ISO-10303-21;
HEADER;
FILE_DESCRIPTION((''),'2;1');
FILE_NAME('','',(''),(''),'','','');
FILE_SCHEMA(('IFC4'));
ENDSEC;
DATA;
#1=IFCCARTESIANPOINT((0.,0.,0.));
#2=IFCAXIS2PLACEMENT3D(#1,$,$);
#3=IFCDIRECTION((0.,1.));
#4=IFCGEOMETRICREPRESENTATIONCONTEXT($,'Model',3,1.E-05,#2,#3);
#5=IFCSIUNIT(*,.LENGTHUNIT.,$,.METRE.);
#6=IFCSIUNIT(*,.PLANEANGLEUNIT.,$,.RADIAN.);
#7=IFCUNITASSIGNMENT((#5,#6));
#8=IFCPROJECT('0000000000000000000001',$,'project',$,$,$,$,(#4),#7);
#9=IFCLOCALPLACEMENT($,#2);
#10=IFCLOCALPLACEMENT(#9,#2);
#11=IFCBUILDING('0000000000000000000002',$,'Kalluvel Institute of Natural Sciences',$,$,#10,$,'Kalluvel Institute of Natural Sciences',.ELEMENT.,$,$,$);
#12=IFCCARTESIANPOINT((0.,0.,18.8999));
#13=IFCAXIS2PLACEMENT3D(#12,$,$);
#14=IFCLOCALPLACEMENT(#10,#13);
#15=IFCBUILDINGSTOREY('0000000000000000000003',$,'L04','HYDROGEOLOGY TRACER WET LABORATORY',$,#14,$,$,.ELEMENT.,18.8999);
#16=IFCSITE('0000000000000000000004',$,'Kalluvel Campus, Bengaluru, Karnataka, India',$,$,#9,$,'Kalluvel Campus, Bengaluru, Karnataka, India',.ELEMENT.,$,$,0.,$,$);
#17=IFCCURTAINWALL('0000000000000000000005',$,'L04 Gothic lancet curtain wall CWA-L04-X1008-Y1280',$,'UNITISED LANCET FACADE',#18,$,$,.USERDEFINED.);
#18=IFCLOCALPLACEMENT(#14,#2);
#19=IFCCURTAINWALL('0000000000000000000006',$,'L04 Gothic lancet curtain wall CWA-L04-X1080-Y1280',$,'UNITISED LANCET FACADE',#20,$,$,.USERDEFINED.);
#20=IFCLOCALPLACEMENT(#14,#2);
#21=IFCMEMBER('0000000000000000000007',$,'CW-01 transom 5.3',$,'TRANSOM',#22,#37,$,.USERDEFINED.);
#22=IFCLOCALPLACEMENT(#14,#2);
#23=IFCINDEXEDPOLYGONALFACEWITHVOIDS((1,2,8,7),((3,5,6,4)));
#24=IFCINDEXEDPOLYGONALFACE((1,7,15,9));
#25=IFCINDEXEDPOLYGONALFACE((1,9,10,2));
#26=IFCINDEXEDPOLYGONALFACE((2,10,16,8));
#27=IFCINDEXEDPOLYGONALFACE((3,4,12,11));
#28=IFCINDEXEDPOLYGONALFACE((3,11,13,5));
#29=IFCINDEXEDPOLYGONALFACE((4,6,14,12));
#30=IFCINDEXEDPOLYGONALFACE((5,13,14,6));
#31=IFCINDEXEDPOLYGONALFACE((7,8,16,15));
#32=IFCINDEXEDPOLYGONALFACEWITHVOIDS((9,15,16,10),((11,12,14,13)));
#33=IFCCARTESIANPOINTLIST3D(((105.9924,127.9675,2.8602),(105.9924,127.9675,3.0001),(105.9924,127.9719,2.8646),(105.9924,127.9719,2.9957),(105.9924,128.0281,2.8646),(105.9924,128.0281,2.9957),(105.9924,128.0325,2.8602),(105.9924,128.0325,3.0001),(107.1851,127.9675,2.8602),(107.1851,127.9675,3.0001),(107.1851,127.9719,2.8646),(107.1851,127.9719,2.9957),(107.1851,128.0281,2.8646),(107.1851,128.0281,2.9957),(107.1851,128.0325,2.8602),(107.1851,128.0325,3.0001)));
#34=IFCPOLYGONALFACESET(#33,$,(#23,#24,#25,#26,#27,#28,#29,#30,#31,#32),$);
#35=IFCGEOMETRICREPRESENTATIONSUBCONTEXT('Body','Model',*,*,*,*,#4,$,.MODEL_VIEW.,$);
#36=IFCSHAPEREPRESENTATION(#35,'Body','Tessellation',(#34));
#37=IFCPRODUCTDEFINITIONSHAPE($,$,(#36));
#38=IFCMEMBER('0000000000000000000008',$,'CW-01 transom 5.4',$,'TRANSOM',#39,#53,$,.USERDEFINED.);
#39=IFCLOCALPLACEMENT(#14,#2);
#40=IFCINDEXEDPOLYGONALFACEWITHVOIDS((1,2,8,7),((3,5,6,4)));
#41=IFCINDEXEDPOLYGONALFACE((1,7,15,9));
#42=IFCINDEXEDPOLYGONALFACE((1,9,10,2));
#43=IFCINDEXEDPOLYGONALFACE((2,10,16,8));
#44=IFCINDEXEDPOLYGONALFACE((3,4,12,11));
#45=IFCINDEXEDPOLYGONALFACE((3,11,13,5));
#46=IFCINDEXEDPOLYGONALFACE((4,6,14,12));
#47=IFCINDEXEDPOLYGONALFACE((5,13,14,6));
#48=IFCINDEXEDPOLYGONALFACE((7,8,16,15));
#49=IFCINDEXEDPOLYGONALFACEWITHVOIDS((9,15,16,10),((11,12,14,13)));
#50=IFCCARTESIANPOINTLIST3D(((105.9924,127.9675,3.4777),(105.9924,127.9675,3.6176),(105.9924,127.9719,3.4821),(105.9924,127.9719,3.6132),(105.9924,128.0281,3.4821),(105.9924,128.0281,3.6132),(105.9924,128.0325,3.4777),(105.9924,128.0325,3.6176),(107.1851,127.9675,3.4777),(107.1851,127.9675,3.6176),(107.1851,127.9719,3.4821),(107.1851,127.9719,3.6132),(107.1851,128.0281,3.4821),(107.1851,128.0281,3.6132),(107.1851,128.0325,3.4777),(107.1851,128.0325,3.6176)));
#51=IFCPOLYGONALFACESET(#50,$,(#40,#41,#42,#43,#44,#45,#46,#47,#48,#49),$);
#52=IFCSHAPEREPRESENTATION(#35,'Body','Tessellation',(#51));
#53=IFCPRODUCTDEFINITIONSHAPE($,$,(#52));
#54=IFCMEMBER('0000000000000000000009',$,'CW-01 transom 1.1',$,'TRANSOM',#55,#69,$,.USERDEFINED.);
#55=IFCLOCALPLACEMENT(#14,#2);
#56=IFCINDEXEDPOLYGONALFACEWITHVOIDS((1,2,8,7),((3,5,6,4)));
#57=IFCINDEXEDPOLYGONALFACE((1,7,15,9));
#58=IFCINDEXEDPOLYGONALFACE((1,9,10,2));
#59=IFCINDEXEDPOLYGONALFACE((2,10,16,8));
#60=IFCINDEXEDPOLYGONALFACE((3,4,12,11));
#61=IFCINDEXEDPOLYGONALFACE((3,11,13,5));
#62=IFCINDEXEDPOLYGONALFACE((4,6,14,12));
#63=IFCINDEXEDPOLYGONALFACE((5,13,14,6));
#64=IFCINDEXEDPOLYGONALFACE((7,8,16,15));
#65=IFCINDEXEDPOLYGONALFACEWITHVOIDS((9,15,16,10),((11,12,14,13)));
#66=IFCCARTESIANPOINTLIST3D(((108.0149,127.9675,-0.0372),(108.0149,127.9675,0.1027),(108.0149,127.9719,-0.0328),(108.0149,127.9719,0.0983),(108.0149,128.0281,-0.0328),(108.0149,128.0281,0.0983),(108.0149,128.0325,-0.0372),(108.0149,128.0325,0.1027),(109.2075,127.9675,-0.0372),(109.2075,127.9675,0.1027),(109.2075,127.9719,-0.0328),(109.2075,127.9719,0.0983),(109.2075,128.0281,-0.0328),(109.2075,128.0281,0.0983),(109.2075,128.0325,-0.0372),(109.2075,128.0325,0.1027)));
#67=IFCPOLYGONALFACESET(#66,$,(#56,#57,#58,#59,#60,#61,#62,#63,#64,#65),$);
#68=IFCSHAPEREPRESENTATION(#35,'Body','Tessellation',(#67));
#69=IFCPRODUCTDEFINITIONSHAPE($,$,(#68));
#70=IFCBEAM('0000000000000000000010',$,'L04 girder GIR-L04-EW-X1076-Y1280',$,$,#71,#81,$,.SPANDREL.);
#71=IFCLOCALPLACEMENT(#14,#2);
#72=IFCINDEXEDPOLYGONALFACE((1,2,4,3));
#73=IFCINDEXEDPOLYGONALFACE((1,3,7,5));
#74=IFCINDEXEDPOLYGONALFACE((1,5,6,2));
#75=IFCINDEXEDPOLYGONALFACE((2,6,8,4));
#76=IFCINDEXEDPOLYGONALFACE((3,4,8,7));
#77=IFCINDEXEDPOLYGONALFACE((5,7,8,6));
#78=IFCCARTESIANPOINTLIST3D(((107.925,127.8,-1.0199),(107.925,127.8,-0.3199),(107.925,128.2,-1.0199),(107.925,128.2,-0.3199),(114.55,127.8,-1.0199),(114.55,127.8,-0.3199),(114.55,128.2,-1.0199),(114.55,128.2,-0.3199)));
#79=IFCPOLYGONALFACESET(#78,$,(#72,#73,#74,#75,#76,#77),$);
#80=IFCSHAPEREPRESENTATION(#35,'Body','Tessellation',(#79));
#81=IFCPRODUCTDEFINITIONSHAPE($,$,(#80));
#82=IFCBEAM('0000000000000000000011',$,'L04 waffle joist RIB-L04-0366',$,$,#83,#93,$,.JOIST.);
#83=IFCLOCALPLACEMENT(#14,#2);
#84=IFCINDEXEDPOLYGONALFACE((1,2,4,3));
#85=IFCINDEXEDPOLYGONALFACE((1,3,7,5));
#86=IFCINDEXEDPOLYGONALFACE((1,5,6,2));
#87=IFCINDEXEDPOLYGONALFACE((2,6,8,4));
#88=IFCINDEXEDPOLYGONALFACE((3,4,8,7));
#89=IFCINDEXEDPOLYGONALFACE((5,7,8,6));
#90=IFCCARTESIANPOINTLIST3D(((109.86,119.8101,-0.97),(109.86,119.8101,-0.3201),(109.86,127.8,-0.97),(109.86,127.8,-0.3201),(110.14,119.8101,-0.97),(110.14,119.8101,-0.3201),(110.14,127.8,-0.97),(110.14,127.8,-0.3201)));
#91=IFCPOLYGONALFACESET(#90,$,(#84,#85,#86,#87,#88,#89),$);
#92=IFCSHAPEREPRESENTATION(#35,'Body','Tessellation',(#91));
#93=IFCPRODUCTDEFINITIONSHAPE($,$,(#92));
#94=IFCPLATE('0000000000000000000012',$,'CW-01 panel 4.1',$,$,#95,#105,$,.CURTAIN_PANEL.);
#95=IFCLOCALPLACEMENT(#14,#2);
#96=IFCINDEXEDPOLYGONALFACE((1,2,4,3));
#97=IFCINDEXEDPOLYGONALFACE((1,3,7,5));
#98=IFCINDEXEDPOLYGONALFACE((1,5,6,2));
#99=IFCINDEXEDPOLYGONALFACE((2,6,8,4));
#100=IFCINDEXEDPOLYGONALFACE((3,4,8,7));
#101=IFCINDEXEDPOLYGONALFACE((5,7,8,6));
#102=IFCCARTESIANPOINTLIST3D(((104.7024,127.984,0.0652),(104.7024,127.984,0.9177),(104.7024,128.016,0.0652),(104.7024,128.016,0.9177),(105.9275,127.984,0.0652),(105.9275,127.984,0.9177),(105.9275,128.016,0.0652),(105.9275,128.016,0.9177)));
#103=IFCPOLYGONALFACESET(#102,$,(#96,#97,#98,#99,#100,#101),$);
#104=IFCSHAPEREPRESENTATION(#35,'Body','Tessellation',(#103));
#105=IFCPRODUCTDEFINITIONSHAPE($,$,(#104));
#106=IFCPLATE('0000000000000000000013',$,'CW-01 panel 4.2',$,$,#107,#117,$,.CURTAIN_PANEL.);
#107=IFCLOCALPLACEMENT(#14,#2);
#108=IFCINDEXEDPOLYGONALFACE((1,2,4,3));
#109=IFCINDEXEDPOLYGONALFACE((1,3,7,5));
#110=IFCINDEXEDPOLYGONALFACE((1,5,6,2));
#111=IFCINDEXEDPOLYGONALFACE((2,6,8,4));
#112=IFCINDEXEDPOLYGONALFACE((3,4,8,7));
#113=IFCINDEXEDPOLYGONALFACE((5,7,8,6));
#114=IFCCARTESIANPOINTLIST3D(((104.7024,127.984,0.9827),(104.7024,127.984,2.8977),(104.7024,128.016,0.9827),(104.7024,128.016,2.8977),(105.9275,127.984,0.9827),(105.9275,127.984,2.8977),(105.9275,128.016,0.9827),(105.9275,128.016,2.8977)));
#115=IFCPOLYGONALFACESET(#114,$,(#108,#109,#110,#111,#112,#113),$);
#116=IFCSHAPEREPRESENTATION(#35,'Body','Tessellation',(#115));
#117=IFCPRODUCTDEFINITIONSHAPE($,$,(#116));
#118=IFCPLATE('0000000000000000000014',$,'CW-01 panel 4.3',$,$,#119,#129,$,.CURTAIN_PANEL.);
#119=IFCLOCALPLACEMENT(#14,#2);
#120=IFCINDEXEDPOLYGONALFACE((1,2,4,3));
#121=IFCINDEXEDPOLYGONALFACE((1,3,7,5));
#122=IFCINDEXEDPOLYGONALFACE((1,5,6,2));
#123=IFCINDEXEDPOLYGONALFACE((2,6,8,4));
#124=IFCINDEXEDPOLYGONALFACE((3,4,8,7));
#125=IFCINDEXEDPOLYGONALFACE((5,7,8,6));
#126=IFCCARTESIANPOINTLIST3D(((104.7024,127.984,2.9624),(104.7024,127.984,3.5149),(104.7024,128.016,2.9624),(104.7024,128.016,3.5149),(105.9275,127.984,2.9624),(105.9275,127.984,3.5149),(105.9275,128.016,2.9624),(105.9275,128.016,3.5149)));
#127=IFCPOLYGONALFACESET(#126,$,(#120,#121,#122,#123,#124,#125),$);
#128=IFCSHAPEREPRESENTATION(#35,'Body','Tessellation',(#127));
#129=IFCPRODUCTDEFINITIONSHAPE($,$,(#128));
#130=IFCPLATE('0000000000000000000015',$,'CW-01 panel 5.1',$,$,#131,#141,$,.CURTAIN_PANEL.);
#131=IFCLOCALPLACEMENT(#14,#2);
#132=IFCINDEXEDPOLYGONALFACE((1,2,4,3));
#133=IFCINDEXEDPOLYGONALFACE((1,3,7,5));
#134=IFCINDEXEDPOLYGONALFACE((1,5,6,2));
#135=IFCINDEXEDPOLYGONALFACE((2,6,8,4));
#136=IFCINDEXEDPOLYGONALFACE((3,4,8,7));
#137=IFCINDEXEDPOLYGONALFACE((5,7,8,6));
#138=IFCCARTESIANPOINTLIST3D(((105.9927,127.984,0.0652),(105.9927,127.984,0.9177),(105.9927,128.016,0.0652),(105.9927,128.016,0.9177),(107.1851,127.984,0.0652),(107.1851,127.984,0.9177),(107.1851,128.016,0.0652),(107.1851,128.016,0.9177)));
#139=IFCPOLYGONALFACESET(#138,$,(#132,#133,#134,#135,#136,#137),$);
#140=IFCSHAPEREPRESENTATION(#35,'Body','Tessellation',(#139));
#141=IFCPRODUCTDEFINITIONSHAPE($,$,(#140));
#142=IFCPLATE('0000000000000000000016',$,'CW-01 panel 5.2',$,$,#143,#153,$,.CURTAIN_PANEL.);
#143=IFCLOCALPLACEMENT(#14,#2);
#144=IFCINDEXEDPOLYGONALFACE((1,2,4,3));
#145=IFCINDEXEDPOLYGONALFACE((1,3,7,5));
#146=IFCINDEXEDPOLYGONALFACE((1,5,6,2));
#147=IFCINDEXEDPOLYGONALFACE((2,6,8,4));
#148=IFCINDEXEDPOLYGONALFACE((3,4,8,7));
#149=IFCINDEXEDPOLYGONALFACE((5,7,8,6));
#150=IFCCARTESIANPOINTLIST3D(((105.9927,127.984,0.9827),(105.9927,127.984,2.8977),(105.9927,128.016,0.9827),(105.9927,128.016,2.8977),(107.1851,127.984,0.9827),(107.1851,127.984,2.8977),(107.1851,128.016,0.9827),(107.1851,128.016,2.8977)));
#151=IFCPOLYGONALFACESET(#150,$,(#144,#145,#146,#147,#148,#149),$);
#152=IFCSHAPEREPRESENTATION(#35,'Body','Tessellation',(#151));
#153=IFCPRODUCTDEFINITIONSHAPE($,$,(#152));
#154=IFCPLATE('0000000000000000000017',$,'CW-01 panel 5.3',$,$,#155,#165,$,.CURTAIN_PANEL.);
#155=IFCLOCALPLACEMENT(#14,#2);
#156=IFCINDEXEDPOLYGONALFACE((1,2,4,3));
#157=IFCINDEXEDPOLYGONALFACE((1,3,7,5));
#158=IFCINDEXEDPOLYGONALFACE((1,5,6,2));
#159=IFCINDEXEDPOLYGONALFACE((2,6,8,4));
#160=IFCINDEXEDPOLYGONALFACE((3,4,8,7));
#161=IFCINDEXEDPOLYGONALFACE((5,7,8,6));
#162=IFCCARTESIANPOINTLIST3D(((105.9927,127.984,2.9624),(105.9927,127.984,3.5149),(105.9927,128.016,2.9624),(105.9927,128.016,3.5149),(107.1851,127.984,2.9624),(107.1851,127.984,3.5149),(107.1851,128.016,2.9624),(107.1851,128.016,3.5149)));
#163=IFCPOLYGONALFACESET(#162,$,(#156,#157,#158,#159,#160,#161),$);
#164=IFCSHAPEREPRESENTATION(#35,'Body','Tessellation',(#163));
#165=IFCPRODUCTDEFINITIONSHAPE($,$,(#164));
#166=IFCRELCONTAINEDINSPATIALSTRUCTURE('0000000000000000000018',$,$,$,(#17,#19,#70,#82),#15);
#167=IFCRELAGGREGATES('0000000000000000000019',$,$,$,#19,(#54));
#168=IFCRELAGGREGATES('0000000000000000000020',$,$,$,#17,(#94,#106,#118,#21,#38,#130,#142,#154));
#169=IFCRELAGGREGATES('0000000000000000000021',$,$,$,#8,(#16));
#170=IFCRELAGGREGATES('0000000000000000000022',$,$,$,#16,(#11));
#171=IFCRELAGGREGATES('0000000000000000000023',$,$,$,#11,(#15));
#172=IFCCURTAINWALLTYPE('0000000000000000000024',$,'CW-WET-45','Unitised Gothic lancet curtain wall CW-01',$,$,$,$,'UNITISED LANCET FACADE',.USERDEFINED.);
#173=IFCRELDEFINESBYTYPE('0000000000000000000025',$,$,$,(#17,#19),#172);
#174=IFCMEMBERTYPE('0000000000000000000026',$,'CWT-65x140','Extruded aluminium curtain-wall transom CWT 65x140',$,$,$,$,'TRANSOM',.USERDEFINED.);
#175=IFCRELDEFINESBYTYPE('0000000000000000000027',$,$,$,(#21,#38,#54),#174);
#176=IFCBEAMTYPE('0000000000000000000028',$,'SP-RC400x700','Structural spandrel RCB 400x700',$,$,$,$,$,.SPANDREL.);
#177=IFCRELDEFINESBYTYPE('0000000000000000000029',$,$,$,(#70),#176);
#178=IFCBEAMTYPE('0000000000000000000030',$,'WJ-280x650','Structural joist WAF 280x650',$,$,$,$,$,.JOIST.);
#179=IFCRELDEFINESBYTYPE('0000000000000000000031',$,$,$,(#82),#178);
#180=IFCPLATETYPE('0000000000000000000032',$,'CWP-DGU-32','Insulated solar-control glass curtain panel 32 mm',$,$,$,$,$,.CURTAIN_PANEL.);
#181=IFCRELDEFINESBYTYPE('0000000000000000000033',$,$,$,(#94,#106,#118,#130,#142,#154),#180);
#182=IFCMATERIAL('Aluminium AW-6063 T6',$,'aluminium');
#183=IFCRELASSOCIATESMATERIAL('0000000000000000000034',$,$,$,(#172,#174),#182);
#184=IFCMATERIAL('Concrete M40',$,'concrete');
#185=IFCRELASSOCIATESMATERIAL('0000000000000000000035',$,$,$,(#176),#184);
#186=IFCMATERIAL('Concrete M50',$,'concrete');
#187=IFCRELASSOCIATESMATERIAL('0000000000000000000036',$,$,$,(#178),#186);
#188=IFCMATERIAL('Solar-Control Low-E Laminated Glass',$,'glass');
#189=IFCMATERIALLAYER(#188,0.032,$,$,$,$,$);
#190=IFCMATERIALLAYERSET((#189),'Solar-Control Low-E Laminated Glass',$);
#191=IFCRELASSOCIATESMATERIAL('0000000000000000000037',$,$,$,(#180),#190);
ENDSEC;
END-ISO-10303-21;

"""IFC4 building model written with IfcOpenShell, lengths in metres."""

from ifc_helpers import new_model, si_unit, direction, frame, origin, origin_2d, place, context, subcontext, project, spatial, rectangle, hollow_rectangle, extrude, material, layer, layer_set, material_profile, profile_set, type_object, element, aggregate, save


model = new_model("IFC4")

# Units and contexts
model_context = context("Model", 3, precision=1e-05, world=origin(), true_north=direction((0.0, 1.0)))
body_context = subcontext(model_context, "Body", "Model", "MODEL_VIEW")
ifc_project = project(units=[si_unit("LENGTHUNIT", "METRE"), si_unit("PLANEANGLEUNIT", "RADIAN")], contexts=[model_context])

# Site, building, storey
site_placement = place(None, origin())
site = spatial("IfcSite", under=ifc_project, at=site_placement, Name="Kalluvel Campus, Bengaluru, Karnataka, India", LongName="Kalluvel Campus, Bengaluru, Karnataka, India", CompositionType="ELEMENT", RefElevation=0.0)
building_placement = place(site_placement, origin())
building = spatial("IfcBuilding", under=site, at=building_placement, Name="Kalluvel Institute of Natural Sciences", LongName="Kalluvel Institute of Natural Sciences", CompositionType="ELEMENT")
storey_placement = place(building_placement, frame((0.0, 0.0, 18.8999)))
storey = spatial("IfcBuildingStorey", under=building, at=storey_placement, Name="L04", Description="HYDROGEOLOGY TRACER WET LABORATORY", CompositionType="ELEMENT", Elevation=18.8999)

# Shared definitions
ifc_material_1 = material(Name="Concrete M40", Category="concrete")

# Curtain wall
ifc_material_2 = material(Name="Aluminium AW-6063 T6", Category="aluminium")
curtain_wall_type = type_object("IfcCurtainWallType", Name="CW-WET-45", Description="Unitised Gothic lancet curtain wall CW-01", ElementType="UNITISED LANCET FACADE", PredefinedType="USERDEFINED", material=ifc_material_2)
curtain_wall_1_placement = place(storey_placement, origin())
curtain_wall_1 = element("IfcCurtainWall", 1, at=curtain_wall_1_placement, inside=storey, type_object=curtain_wall_type, Name="L04 Gothic lancet curtain wall CWA-L04-X1008-Y1280", ObjectType="UNITISED LANCET FACADE", PredefinedType="USERDEFINED")

# Curtain wall
curtain_wall_2_placement = place(storey_placement, origin())
curtain_wall_2 = element("IfcCurtainWall", 2, at=curtain_wall_2_placement, inside=storey, type_object=curtain_wall_type, Name="L04 Gothic lancet curtain wall CWA-L04-X1080-Y1280", ObjectType="UNITISED LANCET FACADE", PredefinedType="USERDEFINED")

# Members
ifc_material_profile_1 = material_profile(ifc_material_2, hollow_rectangle(XDim=0.0649, YDim=0.1399, WallThickness=0.0044, at=origin_2d()), Name="CWT 65x140")
ifc_profile_set_1 = profile_set([ifc_material_profile_1], Name="Aluminium AW-6063 T6")
member_type_1 = type_object("IfcMemberType", Name="CWT-65x140", Description="Extruded aluminium curtain-wall transom CWT 65x140", ElementType="TRANSOM", PredefinedType="USERDEFINED", material=ifc_profile_set_1)
member_1_placement = place(storey_placement, frame((105.9924, 128.0, 2.9302), z_axis=(1.0, 0.0, 0.0), x_axis=(0.0, 1.0, 0.0)))
member_1 = element("IfcMember", 3, at=member_1_placement, type_object=member_type_1, Name="CW-01 transom 5.3", ObjectType="TRANSOM", PredefinedType="USERDEFINED", context=body_context, shape_type="SweptSolid", body=[
    extrude(hollow_rectangle(XDim=0.0649, YDim=0.1399, WallThickness=0.0044, at=origin_2d()), origin(), (0.0, 0.0, 1.0), 1.1926),
])
member_2_placement = place(storey_placement, frame((105.9924, 128.0, 3.5476), z_axis=(1.0, 0.0, 0.0), x_axis=(0.0, 1.0, 0.0)))
member_2 = element("IfcMember", 4, at=member_2_placement, type_object=member_type_1, Name="CW-01 transom 5.4", ObjectType="TRANSOM", PredefinedType="USERDEFINED", context=body_context, shape_type="SweptSolid", body=[
    extrude(hollow_rectangle(XDim=0.0649, YDim=0.1399, WallThickness=0.0044, at=origin_2d()), origin(), (0.0, 0.0, 1.0), 1.1926),
])
member_3_placement = place(storey_placement, frame((108.0149, 128.0, 0.0327), z_axis=(1.0, 0.0, 0.0), x_axis=(0.0, 1.0, 0.0)))
member_3 = element("IfcMember", 5, at=member_3_placement, type_object=member_type_1, Name="CW-01 transom 1.1", ObjectType="TRANSOM", PredefinedType="USERDEFINED", context=body_context, shape_type="SweptSolid", body=[
    extrude(hollow_rectangle(XDim=0.0649, YDim=0.1399, WallThickness=0.0044, at=origin_2d()), origin(), (0.0, 0.0, 1.0), 1.1926),
])
aggregate(curtain_wall_2, [member_3])

# Beams
ifc_material_profile_2 = material_profile(ifc_material_1, rectangle(XDim=0.3999, YDim=0.7, at=origin_2d()), Name="RCB 400x700")
ifc_profile_set_2 = profile_set([ifc_material_profile_2], Name="Concrete M40")
beam_type_1 = type_object("IfcBeamType", Name="SP-RC400x700", Description="Structural spandrel RCB 400x700", PredefinedType="SPANDREL", material=ifc_profile_set_2)
beam_1_placement = place(storey_placement, frame((107.925, 128.0, -0.6699), z_axis=(1.0, 0.0, 0.0), x_axis=(0.0, 1.0, 0.0)))
element("IfcBeam", 6, at=beam_1_placement, inside=storey, type_object=beam_type_1, Name="L04 girder GIR-L04-EW-X1076-Y1280", PredefinedType="SPANDREL", context=body_context, shape_type="SweptSolid", body=[
    extrude(rectangle(XDim=0.3999, YDim=0.7, at=origin_2d()), origin(), (0.0, 0.0, 1.0), 6.625),
])
ifc_material_3 = material(Name="Concrete M50", Category="concrete")
ifc_material_profile_3 = material_profile(ifc_material_3, rectangle(XDim=0.28, YDim=0.6499, at=origin_2d()), Name="WAF 280x650")
ifc_profile_set_3 = profile_set([ifc_material_profile_3], Name="Concrete M50")
beam_type_2 = type_object("IfcBeamType", Name="WJ-280x650", Description="Structural joist WAF 280x650", PredefinedType="JOIST", material=ifc_profile_set_3)
beam_2_placement = place(storey_placement, frame((110.0, 119.8101, -0.645), z_axis=(0.0, 1.0, 0.0), x_axis=(-1.0, 0.0, 0.0)))
element("IfcBeam", 7, at=beam_2_placement, inside=storey, type_object=beam_type_2, Name="L04 waffle joist RIB-L04-0366", PredefinedType="JOIST", context=body_context, shape_type="SweptSolid", body=[
    extrude(rectangle(XDim=0.28, YDim=0.6499, at=origin_2d()), origin(), (0.0, 0.0, 1.0), 7.99),
])

# Plates
ifc_material_4 = material(Name="Solar-Control Low-E Laminated Glass", Category="glass")
ifc_layer = layer(ifc_material_4, 0.032)
ifc_layer_set = layer_set([ifc_layer], Name="Solar-Control Low-E Laminated Glass")
plate_type = type_object("IfcPlateType", Name="CWP-DGU-32", Description="Insulated solar-control glass curtain panel 32 mm", PredefinedType="CURTAIN_PANEL", material=ifc_layer_set)
plate_1_placement = place(storey_placement, frame((105.3149, 128.0, 0.0652), z_axis=(0.0, 0.0, 1.0), x_axis=(1.0, 0.0, 0.0)))
plate_1 = element("IfcPlate", 8, at=plate_1_placement, type_object=plate_type, Name="CW-01 panel 4.1", PredefinedType="CURTAIN_PANEL", context=body_context, shape_type="SweptSolid", body=[
    extrude(rectangle(XDim=1.2251, YDim=0.032, at=origin_2d()), origin(), (0.0, 0.0, 1.0), 0.8525),
])
plate_2_placement = place(storey_placement, frame((105.3149, 128.0, 0.9827), z_axis=(0.0, 0.0, 1.0), x_axis=(1.0, 0.0, 0.0)))
plate_2 = element("IfcPlate", 9, at=plate_2_placement, type_object=plate_type, Name="CW-01 panel 4.2", PredefinedType="CURTAIN_PANEL", context=body_context, shape_type="SweptSolid", body=[
    extrude(rectangle(XDim=1.2251, YDim=0.032, at=origin_2d()), origin(), (0.0, 0.0, 1.0), 1.915),
])
plate_3_placement = place(storey_placement, frame((105.3149, 128.0, 2.9624), z_axis=(0.0, 0.0, 1.0), x_axis=(1.0, 0.0, 0.0)))
plate_3 = element("IfcPlate", 10, at=plate_3_placement, type_object=plate_type, Name="CW-01 panel 4.3", PredefinedType="CURTAIN_PANEL", context=body_context, shape_type="SweptSolid", body=[
    extrude(rectangle(XDim=1.2251, YDim=0.032, at=origin_2d()), origin(), (0.0, 0.0, 1.0), 0.5525),
])
plate_4_placement = place(storey_placement, frame((106.5889, 128.0, 0.0652), z_axis=(0.0, 0.0, 1.0), x_axis=(1.0, 0.0, 0.0)))
plate_4 = element("IfcPlate", 11, at=plate_4_placement, type_object=plate_type, Name="CW-01 panel 5.1", PredefinedType="CURTAIN_PANEL", context=body_context, shape_type="SweptSolid", body=[
    extrude(rectangle(XDim=1.1924, YDim=0.032, at=origin_2d()), origin(), (0.0, 0.0, 1.0), 0.8525),
])
plate_5_placement = place(storey_placement, frame((106.5889, 128.0, 0.9827), z_axis=(0.0, 0.0, 1.0), x_axis=(1.0, 0.0, 0.0)))
plate_5 = element("IfcPlate", 12, at=plate_5_placement, type_object=plate_type, Name="CW-01 panel 5.2", PredefinedType="CURTAIN_PANEL", context=body_context, shape_type="SweptSolid", body=[
    extrude(rectangle(XDim=1.1924, YDim=0.032, at=origin_2d()), origin(), (0.0, 0.0, 1.0), 1.915),
])
plate_6_placement = place(storey_placement, frame((106.5889, 128.0, 2.9624), z_axis=(0.0, 0.0, 1.0), x_axis=(1.0, 0.0, 0.0)))
plate_6 = element("IfcPlate", 13, at=plate_6_placement, type_object=plate_type, Name="CW-01 panel 5.3", PredefinedType="CURTAIN_PANEL", context=body_context, shape_type="SweptSolid", body=[
    extrude(rectangle(XDim=1.1924, YDim=0.032, at=origin_2d()), origin(), (0.0, 0.0, 1.0), 0.5525),
])
aggregate(curtain_wall_1, [plate_1, plate_2, plate_3, member_1, member_2, plate_4, plate_5, plate_6])

save(model, "model.ifc")
